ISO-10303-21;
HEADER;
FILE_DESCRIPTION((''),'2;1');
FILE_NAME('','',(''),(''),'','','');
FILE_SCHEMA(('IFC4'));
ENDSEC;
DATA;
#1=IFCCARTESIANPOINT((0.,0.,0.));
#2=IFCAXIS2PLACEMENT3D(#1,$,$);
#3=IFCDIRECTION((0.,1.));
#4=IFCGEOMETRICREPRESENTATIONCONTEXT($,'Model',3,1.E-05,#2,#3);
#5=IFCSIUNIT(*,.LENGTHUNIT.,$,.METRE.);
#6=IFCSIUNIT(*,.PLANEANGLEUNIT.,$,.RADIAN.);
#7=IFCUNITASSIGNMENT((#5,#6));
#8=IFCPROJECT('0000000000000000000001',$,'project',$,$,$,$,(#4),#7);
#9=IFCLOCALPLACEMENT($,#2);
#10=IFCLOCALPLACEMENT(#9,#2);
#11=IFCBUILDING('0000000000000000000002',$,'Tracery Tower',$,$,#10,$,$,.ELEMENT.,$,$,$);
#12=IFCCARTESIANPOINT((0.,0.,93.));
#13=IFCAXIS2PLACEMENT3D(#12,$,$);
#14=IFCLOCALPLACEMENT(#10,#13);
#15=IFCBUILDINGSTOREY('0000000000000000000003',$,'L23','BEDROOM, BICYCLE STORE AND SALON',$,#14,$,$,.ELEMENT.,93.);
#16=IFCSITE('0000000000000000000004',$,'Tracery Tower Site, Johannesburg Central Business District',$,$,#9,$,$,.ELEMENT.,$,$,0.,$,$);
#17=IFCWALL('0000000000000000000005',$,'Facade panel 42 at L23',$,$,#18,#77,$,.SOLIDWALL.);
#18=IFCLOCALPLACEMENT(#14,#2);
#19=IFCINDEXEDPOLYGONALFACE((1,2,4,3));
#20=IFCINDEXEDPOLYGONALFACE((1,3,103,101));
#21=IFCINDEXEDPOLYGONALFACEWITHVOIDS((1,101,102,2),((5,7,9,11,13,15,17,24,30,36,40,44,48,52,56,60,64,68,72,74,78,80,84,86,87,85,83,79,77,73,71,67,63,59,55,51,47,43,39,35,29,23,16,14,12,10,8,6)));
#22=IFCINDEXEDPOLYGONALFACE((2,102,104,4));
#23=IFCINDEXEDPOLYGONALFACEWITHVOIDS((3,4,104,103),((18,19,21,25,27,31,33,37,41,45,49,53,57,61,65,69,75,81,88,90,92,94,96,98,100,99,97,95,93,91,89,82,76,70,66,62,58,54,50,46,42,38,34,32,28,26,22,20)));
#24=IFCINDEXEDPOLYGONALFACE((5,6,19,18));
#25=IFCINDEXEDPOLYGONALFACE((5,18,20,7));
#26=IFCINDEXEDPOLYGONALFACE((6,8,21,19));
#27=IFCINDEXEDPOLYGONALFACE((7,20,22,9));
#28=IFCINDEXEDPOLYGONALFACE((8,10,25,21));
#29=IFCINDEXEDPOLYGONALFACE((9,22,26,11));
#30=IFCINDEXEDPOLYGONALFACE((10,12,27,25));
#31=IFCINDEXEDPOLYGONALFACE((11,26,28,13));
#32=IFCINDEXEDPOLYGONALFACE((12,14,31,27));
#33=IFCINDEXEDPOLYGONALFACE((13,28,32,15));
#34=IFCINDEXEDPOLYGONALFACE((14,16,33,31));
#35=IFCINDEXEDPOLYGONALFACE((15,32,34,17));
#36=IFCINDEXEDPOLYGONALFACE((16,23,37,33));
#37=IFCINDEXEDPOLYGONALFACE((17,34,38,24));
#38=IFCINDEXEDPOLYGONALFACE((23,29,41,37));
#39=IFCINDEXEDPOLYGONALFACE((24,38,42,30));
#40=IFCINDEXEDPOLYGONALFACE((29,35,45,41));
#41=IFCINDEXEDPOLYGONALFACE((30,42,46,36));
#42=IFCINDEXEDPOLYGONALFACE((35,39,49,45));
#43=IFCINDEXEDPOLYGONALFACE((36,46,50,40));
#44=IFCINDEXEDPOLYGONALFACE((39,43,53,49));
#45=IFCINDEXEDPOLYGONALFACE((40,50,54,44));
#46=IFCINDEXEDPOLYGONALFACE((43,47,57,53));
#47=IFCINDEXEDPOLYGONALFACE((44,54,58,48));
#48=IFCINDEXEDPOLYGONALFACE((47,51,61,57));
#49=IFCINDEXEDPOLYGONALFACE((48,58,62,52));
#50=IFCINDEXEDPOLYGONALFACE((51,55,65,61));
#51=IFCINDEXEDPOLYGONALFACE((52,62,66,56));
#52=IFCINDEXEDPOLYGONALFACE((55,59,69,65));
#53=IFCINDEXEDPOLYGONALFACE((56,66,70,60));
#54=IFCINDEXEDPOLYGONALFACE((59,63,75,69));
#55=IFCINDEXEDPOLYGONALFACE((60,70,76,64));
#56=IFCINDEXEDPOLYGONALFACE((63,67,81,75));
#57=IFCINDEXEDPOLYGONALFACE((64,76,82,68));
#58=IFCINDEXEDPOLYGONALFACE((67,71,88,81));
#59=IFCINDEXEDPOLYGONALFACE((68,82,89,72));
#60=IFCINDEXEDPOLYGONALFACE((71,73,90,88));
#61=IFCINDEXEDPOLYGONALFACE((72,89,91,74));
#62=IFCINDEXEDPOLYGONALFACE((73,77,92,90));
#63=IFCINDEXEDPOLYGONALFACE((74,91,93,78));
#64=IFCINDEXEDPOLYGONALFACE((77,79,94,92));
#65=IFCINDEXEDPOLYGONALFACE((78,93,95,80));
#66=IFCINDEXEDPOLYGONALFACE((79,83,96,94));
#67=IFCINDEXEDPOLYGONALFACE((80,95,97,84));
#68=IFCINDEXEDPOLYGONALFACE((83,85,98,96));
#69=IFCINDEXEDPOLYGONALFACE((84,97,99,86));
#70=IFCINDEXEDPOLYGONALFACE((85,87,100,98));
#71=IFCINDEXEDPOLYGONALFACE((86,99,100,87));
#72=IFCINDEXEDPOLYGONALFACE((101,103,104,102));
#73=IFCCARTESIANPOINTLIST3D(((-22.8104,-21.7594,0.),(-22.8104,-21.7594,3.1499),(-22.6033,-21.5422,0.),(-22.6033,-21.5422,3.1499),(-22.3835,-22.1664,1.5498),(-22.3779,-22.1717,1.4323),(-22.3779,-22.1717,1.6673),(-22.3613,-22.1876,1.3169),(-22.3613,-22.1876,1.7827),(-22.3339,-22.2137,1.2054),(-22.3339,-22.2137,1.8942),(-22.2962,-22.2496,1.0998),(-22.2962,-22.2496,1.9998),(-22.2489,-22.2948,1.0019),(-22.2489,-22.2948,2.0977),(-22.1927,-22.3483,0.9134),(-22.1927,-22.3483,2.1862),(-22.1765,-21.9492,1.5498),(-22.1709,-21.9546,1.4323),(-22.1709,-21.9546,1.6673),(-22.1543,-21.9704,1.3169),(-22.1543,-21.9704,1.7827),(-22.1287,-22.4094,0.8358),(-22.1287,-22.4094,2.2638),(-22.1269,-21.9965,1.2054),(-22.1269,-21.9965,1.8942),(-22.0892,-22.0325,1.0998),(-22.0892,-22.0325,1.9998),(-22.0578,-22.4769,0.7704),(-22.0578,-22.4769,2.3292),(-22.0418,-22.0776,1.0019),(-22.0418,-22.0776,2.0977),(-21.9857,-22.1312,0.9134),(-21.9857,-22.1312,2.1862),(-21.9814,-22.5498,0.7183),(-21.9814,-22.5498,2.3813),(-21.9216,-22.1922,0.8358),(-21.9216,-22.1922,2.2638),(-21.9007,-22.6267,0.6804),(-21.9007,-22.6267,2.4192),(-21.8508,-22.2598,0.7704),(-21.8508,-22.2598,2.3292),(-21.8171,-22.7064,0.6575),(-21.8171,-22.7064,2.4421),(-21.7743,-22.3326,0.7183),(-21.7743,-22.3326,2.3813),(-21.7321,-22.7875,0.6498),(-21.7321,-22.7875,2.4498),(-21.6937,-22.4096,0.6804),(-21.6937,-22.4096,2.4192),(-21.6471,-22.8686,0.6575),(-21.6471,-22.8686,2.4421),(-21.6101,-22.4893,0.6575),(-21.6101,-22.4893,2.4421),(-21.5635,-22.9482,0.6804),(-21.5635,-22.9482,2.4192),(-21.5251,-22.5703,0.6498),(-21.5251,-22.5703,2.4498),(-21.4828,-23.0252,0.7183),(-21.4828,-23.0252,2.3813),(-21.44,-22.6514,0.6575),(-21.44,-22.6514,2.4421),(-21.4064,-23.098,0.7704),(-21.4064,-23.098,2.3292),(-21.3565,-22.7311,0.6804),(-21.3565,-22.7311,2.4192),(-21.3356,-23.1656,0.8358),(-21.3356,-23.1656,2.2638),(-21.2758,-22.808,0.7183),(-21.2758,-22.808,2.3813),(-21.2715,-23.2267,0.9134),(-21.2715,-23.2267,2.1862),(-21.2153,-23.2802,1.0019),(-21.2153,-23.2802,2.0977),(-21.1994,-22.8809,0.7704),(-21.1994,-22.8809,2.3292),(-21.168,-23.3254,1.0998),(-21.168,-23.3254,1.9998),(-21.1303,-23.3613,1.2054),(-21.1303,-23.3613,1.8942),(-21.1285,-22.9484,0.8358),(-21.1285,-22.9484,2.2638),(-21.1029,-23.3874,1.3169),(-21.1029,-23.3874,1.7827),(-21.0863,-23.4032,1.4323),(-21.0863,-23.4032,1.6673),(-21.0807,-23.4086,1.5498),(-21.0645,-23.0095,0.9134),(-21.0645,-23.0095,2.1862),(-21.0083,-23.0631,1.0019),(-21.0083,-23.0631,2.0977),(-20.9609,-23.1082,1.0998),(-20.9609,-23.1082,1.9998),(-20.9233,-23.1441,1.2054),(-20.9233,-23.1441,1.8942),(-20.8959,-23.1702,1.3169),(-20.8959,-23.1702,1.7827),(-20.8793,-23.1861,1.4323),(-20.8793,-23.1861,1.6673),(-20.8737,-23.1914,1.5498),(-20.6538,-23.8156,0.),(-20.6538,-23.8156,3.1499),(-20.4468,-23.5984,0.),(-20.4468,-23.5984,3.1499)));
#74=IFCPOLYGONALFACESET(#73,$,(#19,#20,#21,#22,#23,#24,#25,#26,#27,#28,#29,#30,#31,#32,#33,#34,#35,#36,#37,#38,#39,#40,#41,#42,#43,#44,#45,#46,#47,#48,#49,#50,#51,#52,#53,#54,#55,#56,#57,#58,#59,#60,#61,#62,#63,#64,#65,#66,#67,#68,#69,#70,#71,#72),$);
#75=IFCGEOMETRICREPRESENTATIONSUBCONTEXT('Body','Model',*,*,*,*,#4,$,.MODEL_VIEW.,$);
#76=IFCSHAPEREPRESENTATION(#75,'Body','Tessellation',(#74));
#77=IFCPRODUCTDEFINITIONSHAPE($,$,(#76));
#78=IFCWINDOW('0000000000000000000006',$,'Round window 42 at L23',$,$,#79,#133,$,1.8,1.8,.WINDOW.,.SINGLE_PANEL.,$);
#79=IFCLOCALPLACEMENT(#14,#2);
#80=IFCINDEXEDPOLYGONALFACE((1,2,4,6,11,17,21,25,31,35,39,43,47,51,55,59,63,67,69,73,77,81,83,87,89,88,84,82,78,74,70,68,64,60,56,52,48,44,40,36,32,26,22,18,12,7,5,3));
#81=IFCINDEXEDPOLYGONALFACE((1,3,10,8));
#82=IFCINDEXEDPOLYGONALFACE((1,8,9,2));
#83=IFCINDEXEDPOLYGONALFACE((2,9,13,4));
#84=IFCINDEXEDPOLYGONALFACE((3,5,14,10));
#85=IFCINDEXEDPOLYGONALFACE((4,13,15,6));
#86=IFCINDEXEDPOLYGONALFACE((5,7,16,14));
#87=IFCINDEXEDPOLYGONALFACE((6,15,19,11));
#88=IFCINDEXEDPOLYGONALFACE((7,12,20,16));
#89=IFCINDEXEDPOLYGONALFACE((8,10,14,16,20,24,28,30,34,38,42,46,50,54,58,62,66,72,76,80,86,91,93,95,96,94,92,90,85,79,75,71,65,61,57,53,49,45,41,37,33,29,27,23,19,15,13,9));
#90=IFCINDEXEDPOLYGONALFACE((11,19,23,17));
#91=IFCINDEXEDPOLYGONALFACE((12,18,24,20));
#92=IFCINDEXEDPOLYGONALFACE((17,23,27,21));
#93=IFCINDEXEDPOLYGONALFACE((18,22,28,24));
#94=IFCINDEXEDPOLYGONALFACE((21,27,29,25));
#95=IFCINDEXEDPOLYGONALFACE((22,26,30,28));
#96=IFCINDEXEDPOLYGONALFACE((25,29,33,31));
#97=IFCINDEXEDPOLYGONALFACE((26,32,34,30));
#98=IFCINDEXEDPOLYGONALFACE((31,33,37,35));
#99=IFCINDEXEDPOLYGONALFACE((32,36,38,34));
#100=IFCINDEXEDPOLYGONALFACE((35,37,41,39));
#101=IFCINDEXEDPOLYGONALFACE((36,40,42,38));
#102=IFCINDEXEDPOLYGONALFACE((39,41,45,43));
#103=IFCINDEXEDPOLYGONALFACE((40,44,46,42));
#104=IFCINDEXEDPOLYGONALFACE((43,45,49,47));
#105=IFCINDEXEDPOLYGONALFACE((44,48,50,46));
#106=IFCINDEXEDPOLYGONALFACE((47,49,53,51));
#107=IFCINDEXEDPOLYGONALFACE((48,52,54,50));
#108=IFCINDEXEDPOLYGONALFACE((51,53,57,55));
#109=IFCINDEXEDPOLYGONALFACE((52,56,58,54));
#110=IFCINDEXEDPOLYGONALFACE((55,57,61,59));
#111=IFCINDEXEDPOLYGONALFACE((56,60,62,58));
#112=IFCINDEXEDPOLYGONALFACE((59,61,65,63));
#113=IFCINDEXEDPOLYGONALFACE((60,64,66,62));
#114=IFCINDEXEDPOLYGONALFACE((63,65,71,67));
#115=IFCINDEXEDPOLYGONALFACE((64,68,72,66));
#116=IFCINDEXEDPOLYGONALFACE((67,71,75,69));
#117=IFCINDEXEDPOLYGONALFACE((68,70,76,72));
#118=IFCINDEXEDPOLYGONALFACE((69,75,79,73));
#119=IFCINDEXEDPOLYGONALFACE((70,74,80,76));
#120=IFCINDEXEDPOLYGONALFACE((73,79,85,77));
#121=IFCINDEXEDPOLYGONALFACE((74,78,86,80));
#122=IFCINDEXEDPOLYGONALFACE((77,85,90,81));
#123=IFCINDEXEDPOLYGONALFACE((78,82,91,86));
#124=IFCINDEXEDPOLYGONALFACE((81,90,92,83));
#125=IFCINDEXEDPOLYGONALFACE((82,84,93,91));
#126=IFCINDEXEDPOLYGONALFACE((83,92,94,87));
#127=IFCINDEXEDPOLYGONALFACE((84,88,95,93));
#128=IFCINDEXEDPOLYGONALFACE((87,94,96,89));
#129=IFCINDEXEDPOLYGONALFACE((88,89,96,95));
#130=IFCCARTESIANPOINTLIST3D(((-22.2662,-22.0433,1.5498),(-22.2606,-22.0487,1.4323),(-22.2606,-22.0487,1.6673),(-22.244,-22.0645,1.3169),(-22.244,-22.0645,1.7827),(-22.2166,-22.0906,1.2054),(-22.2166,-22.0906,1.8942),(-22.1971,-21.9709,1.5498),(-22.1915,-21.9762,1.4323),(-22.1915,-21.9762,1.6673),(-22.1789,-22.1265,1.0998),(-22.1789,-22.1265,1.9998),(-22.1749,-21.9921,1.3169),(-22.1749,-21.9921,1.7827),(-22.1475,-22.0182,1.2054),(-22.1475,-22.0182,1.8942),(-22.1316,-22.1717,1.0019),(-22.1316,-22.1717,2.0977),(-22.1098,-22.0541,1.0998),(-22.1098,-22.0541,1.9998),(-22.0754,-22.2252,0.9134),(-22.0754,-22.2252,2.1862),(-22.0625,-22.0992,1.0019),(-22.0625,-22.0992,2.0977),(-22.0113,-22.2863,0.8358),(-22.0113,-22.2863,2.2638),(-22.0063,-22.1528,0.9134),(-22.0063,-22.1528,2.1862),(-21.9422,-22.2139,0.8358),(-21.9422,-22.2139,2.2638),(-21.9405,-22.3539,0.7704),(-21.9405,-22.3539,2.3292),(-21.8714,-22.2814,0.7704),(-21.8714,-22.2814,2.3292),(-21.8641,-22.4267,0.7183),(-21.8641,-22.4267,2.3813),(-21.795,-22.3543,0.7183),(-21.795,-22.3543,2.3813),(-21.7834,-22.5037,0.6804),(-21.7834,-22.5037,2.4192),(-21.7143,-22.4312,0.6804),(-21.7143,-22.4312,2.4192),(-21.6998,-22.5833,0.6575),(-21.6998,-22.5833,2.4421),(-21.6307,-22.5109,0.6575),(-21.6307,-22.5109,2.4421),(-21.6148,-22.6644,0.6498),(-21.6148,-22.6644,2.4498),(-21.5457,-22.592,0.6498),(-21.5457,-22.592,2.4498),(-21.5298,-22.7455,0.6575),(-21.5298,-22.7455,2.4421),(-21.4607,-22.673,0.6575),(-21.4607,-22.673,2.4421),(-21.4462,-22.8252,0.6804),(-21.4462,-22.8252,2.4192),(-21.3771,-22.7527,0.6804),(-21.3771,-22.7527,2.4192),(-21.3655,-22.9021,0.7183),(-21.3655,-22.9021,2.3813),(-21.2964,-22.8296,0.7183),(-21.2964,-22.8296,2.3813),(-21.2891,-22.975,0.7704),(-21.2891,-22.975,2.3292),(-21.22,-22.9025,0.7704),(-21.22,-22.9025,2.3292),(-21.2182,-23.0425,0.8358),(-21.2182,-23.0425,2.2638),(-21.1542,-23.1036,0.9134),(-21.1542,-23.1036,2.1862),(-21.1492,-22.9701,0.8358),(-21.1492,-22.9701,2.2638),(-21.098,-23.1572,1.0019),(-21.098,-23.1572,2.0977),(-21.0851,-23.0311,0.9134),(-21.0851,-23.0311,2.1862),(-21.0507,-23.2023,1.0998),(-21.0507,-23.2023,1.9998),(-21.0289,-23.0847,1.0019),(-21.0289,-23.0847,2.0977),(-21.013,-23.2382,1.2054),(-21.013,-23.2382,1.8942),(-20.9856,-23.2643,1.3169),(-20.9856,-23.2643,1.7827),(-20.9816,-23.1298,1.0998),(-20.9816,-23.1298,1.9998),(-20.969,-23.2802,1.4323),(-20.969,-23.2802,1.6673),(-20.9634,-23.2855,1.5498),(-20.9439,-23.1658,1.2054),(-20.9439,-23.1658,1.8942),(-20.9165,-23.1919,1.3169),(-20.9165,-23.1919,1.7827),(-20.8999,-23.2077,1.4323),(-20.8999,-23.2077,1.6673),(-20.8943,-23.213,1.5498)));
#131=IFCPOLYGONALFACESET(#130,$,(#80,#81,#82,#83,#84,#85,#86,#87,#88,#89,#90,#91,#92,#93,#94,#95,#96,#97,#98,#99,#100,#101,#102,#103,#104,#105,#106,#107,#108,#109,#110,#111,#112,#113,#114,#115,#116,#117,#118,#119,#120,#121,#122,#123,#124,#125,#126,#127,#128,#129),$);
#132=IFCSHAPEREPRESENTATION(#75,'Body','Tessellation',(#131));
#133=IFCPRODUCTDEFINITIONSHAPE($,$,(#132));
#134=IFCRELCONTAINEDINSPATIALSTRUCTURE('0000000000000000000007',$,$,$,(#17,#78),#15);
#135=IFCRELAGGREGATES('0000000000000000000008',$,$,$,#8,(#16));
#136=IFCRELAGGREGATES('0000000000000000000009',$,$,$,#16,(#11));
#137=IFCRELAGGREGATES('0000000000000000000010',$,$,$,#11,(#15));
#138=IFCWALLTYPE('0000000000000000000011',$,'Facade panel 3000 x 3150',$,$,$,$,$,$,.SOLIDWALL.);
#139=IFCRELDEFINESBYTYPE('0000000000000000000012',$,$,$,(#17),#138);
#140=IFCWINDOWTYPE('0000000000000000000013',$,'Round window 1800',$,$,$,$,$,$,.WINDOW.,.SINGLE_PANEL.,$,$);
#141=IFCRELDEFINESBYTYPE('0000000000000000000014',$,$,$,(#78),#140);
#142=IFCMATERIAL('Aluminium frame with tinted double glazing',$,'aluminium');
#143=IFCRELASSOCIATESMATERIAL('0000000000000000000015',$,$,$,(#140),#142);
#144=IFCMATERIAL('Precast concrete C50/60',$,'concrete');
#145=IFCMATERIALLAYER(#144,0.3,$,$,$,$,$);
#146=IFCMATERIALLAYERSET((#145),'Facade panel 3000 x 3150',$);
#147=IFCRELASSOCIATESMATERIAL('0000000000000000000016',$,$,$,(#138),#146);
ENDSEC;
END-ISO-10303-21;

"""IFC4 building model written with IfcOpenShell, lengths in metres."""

from ifc_helpers import new_model, si_unit, direction, frame, frame_2d, origin, origin_2d, place, context, subcontext, project, spatial, rectangle, circle, extrude, material, layer, layer_set, type_object, element, fill, save


model = new_model("IFC4")

# Units and contexts
model_context = context("Model", 3, precision=1e-05, world=origin(), true_north=direction((0.0, 1.0)))
body_context = subcontext(model_context, "Body", "Model", "MODEL_VIEW")
ifc_project = project(units=[si_unit("LENGTHUNIT", "METRE"), si_unit("PLANEANGLEUNIT", "RADIAN")], contexts=[model_context])

# Site, building, storey
site_placement = place(None, origin())
site = spatial("IfcSite", under=ifc_project, at=site_placement, Name="Tracery Tower Site, Johannesburg Central Business District", CompositionType="ELEMENT", RefElevation=0.0)
building_placement = place(site_placement, origin())
building = spatial("IfcBuilding", under=site, at=building_placement, Name="Tracery Tower", CompositionType="ELEMENT")
storey_placement = place(building_placement, frame((0.0, 0.0, 93.0)))
storey = spatial("IfcBuildingStorey", under=building, at=storey_placement, Name="L23", Description="BEDROOM, BICYCLE STORE AND SALON", CompositionType="ELEMENT", Elevation=93.0)

# Wall, opening, window
ifc_material_1 = material(Name="Aluminium frame with tinted double glazing", Category="aluminium")
window_type = type_object("IfcWindowType", Name="Round window 1800", PartitioningType="SINGLE_PANEL", PredefinedType="WINDOW", material=ifc_material_1)
ifc_material_2 = material(Name="Precast concrete C50/60", Category="concrete")
ifc_layer_1 = layer(ifc_material_2, 0.3)
ifc_layer_set_1 = layer_set([ifc_layer_1], Name="Facade panel 3000 x 3150")
wall_type_1 = type_object("IfcWallType", Name="Facade panel 3000 x 3150", PredefinedType="SOLIDWALL", material=ifc_layer_set_1)
wall_1_placement = place(storey_placement, frame((-22.7068, -21.6509, 0.0), z_axis=(0.0, 0.0, 1.0), x_axis=(0.723744, -0.690068, 0.0)))
wall_1 = element("IfcWall", 1, at=wall_1_placement, inside=storey, type_object=wall_type_1, Name="Facade panel 42 at L23", PredefinedType="SOLIDWALL", context=body_context, shape_type="SweptSolid", body=[
    extrude(rectangle(XDim=2.9797, YDim=0.3, at=frame_2d((1.4897, 0.0))), origin(), (0.0, 0.0, 1.0), 3.1499),
])
opening_1_placement = place(wall_1_placement, frame((1.4897, 0.0, 1.5498)))
opening_1 = element("IfcOpeningElement", 2, at=opening_1_placement, cuts=wall_1, PredefinedType="OPENING", context=body_context, shape_type="SweptSolid", body=[
    extrude(circle(Radius=0.9, at=origin_2d()), frame((0.0, 0.1599, 0.0), z_axis=(0.0, -1.0, 0.0), x_axis=(1.0, 0.0, 0.0)), (0.0, 0.0, 1.0), 0.3201),
])
window_1_placement = place(opening_1_placement, origin())
window_1 = element("IfcWindow", 3, at=window_1_placement, inside=storey, type_object=window_type, Name="Round window 42 at L23", OverallHeight=1.8, OverallWidth=1.8, PartitioningType="SINGLE_PANEL", PredefinedType="WINDOW", context=body_context, shape_type="SweptSolid", body=[
    extrude(circle(Radius=0.9, at=origin_2d()), frame((0.0, 0.1201, 0.0), z_axis=(0.0, -1.0, 0.0), x_axis=(1.0, 0.0, 0.0)), (0.0, 0.0, 1.0), 0.1001),
])
fill(opening_1, window_1)

save(model, "model.ifc")
